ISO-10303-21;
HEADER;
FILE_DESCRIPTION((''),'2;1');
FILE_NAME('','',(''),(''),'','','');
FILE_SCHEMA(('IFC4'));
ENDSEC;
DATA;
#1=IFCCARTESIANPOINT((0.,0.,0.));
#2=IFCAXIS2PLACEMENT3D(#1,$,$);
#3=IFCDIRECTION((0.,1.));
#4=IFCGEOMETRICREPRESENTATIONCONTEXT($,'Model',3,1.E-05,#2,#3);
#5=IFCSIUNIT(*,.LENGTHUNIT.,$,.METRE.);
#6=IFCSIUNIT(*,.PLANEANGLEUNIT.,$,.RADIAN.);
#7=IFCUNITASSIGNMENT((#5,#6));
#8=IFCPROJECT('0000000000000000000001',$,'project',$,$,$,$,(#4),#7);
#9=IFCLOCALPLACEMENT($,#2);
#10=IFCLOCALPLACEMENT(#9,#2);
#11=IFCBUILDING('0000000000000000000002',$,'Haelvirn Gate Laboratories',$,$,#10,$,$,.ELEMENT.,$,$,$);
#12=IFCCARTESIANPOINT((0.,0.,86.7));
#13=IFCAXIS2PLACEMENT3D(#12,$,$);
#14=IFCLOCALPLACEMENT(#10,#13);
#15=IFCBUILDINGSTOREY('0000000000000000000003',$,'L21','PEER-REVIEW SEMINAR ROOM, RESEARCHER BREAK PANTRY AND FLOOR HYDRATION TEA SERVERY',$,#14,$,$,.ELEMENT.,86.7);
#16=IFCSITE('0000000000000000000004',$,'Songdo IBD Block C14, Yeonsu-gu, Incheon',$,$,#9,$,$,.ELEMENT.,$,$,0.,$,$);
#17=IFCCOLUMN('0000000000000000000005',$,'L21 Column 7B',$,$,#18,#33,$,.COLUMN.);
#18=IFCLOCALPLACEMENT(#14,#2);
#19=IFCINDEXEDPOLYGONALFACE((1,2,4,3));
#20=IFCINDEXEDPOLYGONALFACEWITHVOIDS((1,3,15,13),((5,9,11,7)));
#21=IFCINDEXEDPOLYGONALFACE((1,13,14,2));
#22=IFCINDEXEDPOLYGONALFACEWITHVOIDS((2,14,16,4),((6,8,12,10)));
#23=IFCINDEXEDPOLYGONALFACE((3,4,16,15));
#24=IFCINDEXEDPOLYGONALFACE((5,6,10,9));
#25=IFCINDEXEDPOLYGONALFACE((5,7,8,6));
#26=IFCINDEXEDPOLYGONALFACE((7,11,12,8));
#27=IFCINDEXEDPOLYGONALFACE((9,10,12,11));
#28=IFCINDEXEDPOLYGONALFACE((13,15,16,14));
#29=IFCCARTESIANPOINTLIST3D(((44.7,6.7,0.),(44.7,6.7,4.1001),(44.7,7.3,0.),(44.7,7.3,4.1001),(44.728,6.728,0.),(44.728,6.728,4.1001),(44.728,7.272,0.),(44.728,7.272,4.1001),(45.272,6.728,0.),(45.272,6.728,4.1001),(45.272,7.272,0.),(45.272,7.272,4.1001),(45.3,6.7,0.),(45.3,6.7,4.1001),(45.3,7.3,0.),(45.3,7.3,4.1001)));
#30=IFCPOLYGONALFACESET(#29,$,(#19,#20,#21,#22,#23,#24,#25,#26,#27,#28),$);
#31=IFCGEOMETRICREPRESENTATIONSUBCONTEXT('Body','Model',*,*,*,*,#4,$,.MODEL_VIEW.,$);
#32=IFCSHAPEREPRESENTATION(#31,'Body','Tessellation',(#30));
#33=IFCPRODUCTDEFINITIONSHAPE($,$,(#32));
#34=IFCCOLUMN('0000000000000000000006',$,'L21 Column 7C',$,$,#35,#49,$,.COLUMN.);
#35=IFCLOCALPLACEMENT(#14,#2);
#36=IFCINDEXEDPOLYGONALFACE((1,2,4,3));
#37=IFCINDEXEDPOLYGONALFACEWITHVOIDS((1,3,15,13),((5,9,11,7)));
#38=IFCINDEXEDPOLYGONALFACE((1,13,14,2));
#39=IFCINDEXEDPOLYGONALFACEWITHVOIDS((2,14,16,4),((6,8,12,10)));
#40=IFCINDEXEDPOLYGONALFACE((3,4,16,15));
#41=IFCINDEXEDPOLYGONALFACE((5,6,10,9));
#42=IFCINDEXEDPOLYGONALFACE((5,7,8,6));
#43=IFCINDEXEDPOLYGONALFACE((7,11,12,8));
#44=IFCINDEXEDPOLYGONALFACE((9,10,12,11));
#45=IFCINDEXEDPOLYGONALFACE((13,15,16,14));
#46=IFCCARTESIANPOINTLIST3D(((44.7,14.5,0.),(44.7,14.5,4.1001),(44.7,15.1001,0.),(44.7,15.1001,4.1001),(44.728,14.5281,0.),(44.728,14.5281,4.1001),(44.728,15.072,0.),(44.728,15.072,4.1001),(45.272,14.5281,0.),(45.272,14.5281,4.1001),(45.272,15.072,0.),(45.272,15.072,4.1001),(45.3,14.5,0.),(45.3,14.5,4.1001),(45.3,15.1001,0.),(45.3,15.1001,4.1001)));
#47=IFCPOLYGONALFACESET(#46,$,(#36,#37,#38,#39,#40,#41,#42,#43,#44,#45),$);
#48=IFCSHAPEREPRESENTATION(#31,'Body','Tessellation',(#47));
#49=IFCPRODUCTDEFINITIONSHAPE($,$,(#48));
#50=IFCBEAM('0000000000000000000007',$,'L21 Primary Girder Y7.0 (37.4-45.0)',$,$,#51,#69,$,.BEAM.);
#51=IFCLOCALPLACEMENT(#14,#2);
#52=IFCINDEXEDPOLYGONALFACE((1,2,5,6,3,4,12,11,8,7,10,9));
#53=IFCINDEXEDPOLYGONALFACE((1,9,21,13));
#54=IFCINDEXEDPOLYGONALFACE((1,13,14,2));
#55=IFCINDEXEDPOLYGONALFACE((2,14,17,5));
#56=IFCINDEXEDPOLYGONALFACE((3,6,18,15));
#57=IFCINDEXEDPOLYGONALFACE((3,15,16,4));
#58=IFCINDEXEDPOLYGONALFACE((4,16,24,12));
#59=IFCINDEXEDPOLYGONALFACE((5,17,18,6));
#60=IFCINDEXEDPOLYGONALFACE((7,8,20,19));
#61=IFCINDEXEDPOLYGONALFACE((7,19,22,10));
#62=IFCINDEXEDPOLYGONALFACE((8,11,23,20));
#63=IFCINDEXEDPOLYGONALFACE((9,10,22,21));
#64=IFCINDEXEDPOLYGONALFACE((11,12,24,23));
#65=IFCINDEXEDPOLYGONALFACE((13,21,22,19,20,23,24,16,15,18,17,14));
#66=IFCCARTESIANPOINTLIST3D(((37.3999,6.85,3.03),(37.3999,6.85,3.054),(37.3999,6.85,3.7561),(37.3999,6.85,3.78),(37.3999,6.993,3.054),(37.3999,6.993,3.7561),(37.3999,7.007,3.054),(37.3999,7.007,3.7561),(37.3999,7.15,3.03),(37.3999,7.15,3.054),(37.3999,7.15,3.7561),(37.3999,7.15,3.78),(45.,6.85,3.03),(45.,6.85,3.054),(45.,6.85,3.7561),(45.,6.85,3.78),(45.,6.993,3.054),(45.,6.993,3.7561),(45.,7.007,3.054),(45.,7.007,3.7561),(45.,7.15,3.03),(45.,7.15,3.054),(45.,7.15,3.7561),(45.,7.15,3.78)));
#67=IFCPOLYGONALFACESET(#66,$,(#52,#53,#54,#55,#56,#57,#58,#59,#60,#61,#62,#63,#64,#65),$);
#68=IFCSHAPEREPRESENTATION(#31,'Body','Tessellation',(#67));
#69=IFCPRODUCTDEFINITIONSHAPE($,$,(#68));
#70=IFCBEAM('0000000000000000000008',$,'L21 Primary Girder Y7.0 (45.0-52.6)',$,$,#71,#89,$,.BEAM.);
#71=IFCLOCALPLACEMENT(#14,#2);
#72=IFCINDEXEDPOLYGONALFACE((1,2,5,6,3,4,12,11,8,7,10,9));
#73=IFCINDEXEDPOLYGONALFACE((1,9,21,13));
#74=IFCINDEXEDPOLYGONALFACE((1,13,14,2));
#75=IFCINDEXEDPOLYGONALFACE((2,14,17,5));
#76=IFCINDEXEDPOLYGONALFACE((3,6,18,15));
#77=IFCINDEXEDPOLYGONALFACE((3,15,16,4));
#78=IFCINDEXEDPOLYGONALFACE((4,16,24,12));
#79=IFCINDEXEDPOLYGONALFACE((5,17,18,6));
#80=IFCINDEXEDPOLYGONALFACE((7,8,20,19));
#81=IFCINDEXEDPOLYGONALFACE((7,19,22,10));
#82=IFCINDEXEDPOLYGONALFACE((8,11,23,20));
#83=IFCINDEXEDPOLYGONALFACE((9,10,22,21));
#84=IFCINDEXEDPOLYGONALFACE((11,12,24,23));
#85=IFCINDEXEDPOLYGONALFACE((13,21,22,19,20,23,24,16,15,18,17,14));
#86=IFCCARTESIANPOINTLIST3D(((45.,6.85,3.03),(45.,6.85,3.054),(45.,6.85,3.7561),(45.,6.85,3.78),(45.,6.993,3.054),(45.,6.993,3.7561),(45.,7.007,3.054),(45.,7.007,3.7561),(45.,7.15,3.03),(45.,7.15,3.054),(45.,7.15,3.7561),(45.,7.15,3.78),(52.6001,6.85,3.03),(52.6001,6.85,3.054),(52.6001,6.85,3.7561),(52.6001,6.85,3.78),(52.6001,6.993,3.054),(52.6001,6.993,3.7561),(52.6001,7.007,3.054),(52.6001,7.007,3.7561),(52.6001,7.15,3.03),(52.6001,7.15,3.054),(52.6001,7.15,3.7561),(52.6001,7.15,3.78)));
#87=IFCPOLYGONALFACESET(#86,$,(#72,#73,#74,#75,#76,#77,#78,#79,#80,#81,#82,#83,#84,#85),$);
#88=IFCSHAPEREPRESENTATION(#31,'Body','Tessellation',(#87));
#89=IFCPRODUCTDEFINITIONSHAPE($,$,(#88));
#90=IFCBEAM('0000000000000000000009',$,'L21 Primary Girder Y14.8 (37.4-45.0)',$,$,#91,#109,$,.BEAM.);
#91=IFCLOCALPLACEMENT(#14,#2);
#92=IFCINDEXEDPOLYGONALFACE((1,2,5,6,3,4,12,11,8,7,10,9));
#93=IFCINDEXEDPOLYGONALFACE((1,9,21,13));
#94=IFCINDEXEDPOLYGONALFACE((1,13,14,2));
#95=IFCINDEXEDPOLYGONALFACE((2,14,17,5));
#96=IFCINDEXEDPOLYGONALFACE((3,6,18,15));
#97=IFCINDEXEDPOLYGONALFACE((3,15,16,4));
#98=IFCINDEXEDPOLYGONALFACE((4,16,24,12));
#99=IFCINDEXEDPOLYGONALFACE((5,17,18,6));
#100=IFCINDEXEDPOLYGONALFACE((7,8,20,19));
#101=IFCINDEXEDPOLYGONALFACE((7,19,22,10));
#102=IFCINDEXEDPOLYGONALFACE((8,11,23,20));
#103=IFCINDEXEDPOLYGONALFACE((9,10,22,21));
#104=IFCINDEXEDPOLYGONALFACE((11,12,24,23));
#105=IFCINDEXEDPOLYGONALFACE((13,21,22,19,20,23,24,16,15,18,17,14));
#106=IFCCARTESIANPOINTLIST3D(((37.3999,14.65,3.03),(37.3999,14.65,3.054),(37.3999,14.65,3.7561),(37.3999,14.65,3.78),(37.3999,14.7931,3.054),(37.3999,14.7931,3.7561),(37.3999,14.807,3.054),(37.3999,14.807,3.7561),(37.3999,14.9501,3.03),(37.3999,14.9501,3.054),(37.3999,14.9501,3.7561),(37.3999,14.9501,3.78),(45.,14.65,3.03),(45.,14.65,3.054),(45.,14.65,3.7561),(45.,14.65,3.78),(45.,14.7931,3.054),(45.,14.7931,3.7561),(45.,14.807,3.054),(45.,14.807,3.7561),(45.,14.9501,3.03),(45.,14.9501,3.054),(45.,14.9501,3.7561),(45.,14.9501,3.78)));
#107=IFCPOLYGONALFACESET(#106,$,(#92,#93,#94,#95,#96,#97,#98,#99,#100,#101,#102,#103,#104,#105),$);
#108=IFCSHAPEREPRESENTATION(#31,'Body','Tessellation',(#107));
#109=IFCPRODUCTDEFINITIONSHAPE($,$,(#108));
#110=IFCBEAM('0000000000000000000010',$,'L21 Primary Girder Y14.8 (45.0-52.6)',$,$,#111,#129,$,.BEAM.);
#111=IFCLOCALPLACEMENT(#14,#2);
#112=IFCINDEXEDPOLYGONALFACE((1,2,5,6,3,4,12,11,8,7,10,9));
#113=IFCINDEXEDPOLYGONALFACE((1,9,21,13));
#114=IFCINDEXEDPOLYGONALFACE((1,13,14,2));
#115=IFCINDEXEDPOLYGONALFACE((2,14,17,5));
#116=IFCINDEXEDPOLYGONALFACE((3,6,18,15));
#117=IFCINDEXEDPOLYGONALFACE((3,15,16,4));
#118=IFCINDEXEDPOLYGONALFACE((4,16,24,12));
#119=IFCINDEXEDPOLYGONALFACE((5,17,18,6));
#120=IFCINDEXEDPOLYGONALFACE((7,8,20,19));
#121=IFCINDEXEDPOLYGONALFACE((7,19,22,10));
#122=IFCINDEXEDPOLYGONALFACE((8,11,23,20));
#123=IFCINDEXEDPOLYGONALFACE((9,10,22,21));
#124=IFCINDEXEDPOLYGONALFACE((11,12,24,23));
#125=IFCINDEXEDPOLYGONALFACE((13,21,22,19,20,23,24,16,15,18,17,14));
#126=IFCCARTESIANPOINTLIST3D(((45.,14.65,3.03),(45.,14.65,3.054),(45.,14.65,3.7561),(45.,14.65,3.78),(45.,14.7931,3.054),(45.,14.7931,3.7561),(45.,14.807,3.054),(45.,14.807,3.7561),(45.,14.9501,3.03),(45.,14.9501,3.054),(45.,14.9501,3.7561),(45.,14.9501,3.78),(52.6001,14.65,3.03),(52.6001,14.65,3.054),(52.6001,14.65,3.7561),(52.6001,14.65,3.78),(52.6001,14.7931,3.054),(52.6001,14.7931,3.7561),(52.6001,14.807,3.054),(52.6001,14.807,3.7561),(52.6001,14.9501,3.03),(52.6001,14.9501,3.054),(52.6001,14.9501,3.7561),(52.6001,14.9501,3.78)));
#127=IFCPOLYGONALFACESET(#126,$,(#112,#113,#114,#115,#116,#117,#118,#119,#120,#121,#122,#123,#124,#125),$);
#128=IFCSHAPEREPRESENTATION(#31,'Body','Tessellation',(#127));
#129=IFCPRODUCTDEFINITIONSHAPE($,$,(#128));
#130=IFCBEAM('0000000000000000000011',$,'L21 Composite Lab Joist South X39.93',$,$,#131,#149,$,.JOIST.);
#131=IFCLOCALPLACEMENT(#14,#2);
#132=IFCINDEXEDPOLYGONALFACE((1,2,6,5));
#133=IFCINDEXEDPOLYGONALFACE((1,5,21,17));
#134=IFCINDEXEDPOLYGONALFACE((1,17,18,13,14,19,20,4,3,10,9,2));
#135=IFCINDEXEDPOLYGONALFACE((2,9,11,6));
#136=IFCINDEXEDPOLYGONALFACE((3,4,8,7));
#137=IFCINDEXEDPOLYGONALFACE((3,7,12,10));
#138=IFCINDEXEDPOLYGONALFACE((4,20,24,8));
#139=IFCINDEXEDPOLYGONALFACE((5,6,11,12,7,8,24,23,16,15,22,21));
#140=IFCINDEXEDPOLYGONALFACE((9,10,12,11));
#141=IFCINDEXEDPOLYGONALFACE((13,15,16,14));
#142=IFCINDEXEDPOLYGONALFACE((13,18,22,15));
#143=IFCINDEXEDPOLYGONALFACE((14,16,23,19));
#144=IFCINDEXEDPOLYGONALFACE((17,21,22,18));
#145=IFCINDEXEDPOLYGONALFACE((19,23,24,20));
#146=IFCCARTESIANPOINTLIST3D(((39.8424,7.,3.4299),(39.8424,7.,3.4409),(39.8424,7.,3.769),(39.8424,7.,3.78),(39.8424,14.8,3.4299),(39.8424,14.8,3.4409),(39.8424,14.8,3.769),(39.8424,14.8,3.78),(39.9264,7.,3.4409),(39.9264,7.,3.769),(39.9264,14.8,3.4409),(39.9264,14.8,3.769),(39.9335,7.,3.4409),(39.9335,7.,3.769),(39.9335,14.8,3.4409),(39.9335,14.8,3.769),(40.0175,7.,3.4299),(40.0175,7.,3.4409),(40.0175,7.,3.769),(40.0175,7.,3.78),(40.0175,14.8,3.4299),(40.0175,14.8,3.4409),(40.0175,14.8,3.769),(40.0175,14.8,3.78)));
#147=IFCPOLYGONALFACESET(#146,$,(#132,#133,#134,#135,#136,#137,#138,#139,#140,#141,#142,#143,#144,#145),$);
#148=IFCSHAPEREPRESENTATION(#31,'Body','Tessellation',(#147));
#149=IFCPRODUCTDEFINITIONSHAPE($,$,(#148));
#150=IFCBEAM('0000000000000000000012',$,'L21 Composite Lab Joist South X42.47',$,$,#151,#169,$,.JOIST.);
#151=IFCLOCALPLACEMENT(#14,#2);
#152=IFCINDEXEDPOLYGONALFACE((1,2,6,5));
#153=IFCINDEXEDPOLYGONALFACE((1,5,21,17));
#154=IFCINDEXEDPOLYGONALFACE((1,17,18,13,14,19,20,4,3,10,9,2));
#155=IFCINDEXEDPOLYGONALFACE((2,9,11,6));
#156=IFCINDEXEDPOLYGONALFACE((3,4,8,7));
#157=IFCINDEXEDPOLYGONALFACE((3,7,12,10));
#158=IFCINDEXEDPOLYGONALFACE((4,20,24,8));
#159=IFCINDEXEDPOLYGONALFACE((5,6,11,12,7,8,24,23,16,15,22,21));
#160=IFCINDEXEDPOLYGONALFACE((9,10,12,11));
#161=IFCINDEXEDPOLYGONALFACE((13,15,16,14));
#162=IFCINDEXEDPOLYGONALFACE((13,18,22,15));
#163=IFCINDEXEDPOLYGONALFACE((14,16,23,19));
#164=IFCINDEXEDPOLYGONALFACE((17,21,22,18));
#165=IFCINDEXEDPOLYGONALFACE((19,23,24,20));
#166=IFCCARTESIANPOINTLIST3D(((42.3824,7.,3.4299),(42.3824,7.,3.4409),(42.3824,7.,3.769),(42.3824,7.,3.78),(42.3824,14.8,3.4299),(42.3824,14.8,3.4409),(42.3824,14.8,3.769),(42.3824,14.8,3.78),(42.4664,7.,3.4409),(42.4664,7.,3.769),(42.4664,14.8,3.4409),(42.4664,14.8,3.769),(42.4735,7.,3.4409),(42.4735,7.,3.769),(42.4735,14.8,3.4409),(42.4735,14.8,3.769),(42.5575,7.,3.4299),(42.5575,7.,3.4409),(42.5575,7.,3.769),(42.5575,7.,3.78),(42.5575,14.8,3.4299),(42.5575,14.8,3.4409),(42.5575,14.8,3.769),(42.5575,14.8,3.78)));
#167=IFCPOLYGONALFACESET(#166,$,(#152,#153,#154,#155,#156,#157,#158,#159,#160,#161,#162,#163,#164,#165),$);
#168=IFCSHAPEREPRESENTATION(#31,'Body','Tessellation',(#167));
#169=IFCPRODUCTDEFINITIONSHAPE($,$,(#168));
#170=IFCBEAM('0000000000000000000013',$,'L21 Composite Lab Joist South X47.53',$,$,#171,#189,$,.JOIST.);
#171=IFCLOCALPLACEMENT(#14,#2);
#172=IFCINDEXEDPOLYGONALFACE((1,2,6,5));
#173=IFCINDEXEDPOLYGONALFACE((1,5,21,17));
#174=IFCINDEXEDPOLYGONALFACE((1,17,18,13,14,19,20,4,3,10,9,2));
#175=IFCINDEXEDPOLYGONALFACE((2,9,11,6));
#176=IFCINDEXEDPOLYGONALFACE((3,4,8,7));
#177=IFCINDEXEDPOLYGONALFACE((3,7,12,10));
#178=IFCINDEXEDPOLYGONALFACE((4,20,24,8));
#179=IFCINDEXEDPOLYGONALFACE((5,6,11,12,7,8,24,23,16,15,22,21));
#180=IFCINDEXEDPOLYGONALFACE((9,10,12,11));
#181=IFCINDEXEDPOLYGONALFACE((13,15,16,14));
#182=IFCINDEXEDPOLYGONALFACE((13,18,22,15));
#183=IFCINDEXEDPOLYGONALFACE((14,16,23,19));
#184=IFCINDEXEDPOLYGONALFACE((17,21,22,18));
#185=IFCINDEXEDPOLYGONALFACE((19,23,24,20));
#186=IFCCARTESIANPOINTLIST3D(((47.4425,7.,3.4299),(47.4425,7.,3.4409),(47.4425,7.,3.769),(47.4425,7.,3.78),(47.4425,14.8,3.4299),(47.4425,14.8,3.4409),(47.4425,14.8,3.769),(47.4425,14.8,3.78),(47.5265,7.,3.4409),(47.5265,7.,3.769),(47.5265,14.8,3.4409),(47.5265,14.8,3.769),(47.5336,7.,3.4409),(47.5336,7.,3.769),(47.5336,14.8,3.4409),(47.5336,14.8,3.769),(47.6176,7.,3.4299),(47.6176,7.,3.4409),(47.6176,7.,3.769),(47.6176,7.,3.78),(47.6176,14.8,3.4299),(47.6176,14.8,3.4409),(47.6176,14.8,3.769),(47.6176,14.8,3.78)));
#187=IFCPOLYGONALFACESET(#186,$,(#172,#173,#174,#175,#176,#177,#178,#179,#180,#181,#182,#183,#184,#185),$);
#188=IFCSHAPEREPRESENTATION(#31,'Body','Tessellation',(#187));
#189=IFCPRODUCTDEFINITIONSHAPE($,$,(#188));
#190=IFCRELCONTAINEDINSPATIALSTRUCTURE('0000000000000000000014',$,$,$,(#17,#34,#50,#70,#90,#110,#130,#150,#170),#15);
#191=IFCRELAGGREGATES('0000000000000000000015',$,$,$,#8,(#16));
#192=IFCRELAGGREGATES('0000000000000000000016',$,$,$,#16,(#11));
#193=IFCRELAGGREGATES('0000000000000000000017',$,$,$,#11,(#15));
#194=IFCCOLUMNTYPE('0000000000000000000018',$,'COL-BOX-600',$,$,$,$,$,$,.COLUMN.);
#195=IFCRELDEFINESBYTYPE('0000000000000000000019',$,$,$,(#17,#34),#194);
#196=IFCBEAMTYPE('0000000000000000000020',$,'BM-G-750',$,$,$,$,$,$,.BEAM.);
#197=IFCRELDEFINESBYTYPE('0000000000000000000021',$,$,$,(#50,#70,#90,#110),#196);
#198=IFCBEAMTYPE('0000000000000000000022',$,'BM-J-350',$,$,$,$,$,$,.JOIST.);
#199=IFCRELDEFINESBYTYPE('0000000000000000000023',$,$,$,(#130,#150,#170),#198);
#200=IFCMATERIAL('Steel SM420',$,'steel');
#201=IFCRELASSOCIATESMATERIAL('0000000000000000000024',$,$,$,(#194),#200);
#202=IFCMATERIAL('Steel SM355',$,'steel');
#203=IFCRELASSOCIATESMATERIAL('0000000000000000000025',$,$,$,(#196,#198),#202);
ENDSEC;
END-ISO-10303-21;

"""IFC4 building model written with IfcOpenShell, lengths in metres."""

from ifc_helpers import new_model, si_unit, direction, frame, origin, origin_2d, place, context, subcontext, project, spatial, hollow_rectangle, i_section, extrude, source, transform, mapped, material, material_profile, profile_set, type_object, type_shapes, element, save


model = new_model("IFC4")

# Units and contexts
model_context = context("Model", 3, precision=1e-05, world=origin(), true_north=direction((0.0, 1.0)))
body_context = subcontext(model_context, "Body", "Model", "MODEL_VIEW")
ifc_project = project(units=[si_unit("LENGTHUNIT", "METRE"), si_unit("PLANEANGLEUNIT", "RADIAN")], contexts=[model_context])

# Site, building, storey
site_placement = place(None, origin())
site = spatial("IfcSite", under=ifc_project, at=site_placement, Name="Songdo IBD Block C14, Yeonsu-gu, Incheon", CompositionType="ELEMENT", RefElevation=0.0)
building_placement = place(site_placement, origin())
building = spatial("IfcBuilding", under=site, at=building_placement, Name="Haelvirn Gate Laboratories", CompositionType="ELEMENT")
storey_placement = place(building_placement, frame((0.0, 0.0, 86.7)))
storey = spatial("IfcBuildingStorey", under=building, at=storey_placement, Name="L21", Description="PEER-REVIEW SEMINAR ROOM, RESEARCHER BREAK PANTRY AND FLOOR HYDRATION TEA SERVERY", CompositionType="ELEMENT", Elevation=86.7)

# Columns
ifc_material_1 = material(Name="Steel SM420", Category="steel")
ifc_material_profile_1 = material_profile(ifc_material_1, hollow_rectangle(XDim=0.6001, YDim=0.6001, WallThickness=0.0281, at=origin_2d()), Name="BOX-600x600x28")
ifc_profile_set_1 = profile_set([ifc_material_profile_1], Name="Steel SM420")
column_type = type_object("IfcColumnType", Name="COL-BOX-600", PredefinedType="COLUMN", material=ifc_profile_set_1)
shared_shape_1 = source(origin(), body_context, "Body", "SweptSolid", [
    extrude(hollow_rectangle(XDim=0.6001, YDim=0.6001, WallThickness=0.0281, at=origin_2d()), origin(), (0.0, 0.0, 1.0), 4.1001),
])
type_shapes(column_type, [shared_shape_1])
for number, where, z_axis, x_axis, name in (
    (1, (45.0, 7.0, 0.0), (0.0, 0.0, 1.0), (1.0, 0.0, 0.0), "L21 Column 7B"),
    (2, (45.0, 14.8, 0.0), (0.0, 0.0, 1.0), (1.0, 0.0, 0.0), "L21 Column 7C"),
):
    element("IfcColumn", number, at=place(storey_placement, frame(where, z_axis=z_axis, x_axis=x_axis)), inside=storey, type_object=column_type, Name=name, PredefinedType="COLUMN", context=body_context, shape_type="MappedRepresentation", body=[
        mapped(shared_shape_1, transform((0.0, 0.0, 0.0), scale=1.0)),
    ])

# Beams
ifc_material_2 = material(Name="Steel SM355", Category="steel")
ifc_material_profile_2 = material_profile(ifc_material_2, i_section(OverallWidth=0.3, OverallDepth=0.75, WebThickness=0.0139, FlangeThickness=0.0239, at=origin_2d()), Name="H-750x300x14x24")
ifc_profile_set_2 = profile_set([ifc_material_profile_2], Name="Steel SM355")
beam_type_1 = type_object("IfcBeamType", Name="BM-G-750", PredefinedType="BEAM", material=ifc_profile_set_2)
shared_shape_2 = source(origin(), body_context, "Body", "SweptSolid", [
    extrude(i_section(OverallWidth=0.3, OverallDepth=0.75, WebThickness=0.0139, FlangeThickness=0.0239, at=origin_2d()), origin(), (0.0, 0.0, 1.0), 7.6001),
])
type_shapes(beam_type_1, [shared_shape_2])
for number, where, z_axis, x_axis, name in (
    (3, (37.3999, 7.0, 3.405), (1.0, 0.0, 0.0), (0.0, 1.0, 0.0), "L21 Primary Girder Y7.0 (37.4-45.0)"),
    (4, (45.0, 7.0, 3.405), (1.0, 0.0, 0.0), (0.0, 1.0, 0.0), "L21 Primary Girder Y7.0 (45.0-52.6)"),
    (5, (37.3999, 14.8, 3.405), (1.0, 0.0, 0.0), (0.0, 1.0, 0.0), "L21 Primary Girder Y14.8 (37.4-45.0)"),
    (6, (45.0, 14.8, 3.405), (1.0, 0.0, 0.0), (0.0, 1.0, 0.0), "L21 Primary Girder Y14.8 (45.0-52.6)"),
):
    element("IfcBeam", number, at=place(storey_placement, frame(where, z_axis=z_axis, x_axis=x_axis)), inside=storey, type_object=beam_type_1, Name=name, PredefinedType="BEAM", context=body_context, shape_type="MappedRepresentation", body=[
        mapped(shared_shape_2, transform((0.0, 0.0, 0.0), scale=1.0)),
    ])
ifc_material_profile_3 = material_profile(ifc_material_2, i_section(OverallWidth=0.175, OverallDepth=0.3501, WebThickness=0.0071, FlangeThickness=0.011, at=origin_2d()), Name="H-350x175x7x11")
ifc_profile_set_3 = profile_set([ifc_material_profile_3], Name="Steel SM355")
beam_type_2 = type_object("IfcBeamType", Name="BM-J-350", PredefinedType="JOIST", material=ifc_profile_set_3)
shared_shape_3 = source(origin(), body_context, "Body", "SweptSolid", [
    extrude(i_section(OverallWidth=0.175, OverallDepth=0.3501, WebThickness=0.0071, FlangeThickness=0.011, at=origin_2d()), origin(), (0.0, 0.0, 1.0), 7.8),
])
type_shapes(beam_type_2, [shared_shape_3])
for number, where, z_axis, x_axis, name in (
    (7, (39.9299, 7.0, 3.605), (0.0, 1.0, 0.0), (-1.0, 0.0, 0.0), "L21 Composite Lab Joist South X39.93"),
    (8, (42.47, 7.0, 3.605), (0.0, 1.0, 0.0), (-1.0, 0.0, 0.0), "L21 Composite Lab Joist South X42.47"),
    (9, (47.53, 7.0, 3.605), (0.0, 1.0, 0.0), (-1.0, 0.0, 0.0), "L21 Composite Lab Joist South X47.53"),
):
    element("IfcBeam", number, at=place(storey_placement, frame(where, z_axis=z_axis, x_axis=x_axis)), inside=storey, type_object=beam_type_2, Name=name, PredefinedType="JOIST", context=body_context, shape_type="MappedRepresentation", body=[
        mapped(shared_shape_3, transform((0.0, 0.0, 0.0), scale=1.0)),
    ])

save(model, "model.ifc")
